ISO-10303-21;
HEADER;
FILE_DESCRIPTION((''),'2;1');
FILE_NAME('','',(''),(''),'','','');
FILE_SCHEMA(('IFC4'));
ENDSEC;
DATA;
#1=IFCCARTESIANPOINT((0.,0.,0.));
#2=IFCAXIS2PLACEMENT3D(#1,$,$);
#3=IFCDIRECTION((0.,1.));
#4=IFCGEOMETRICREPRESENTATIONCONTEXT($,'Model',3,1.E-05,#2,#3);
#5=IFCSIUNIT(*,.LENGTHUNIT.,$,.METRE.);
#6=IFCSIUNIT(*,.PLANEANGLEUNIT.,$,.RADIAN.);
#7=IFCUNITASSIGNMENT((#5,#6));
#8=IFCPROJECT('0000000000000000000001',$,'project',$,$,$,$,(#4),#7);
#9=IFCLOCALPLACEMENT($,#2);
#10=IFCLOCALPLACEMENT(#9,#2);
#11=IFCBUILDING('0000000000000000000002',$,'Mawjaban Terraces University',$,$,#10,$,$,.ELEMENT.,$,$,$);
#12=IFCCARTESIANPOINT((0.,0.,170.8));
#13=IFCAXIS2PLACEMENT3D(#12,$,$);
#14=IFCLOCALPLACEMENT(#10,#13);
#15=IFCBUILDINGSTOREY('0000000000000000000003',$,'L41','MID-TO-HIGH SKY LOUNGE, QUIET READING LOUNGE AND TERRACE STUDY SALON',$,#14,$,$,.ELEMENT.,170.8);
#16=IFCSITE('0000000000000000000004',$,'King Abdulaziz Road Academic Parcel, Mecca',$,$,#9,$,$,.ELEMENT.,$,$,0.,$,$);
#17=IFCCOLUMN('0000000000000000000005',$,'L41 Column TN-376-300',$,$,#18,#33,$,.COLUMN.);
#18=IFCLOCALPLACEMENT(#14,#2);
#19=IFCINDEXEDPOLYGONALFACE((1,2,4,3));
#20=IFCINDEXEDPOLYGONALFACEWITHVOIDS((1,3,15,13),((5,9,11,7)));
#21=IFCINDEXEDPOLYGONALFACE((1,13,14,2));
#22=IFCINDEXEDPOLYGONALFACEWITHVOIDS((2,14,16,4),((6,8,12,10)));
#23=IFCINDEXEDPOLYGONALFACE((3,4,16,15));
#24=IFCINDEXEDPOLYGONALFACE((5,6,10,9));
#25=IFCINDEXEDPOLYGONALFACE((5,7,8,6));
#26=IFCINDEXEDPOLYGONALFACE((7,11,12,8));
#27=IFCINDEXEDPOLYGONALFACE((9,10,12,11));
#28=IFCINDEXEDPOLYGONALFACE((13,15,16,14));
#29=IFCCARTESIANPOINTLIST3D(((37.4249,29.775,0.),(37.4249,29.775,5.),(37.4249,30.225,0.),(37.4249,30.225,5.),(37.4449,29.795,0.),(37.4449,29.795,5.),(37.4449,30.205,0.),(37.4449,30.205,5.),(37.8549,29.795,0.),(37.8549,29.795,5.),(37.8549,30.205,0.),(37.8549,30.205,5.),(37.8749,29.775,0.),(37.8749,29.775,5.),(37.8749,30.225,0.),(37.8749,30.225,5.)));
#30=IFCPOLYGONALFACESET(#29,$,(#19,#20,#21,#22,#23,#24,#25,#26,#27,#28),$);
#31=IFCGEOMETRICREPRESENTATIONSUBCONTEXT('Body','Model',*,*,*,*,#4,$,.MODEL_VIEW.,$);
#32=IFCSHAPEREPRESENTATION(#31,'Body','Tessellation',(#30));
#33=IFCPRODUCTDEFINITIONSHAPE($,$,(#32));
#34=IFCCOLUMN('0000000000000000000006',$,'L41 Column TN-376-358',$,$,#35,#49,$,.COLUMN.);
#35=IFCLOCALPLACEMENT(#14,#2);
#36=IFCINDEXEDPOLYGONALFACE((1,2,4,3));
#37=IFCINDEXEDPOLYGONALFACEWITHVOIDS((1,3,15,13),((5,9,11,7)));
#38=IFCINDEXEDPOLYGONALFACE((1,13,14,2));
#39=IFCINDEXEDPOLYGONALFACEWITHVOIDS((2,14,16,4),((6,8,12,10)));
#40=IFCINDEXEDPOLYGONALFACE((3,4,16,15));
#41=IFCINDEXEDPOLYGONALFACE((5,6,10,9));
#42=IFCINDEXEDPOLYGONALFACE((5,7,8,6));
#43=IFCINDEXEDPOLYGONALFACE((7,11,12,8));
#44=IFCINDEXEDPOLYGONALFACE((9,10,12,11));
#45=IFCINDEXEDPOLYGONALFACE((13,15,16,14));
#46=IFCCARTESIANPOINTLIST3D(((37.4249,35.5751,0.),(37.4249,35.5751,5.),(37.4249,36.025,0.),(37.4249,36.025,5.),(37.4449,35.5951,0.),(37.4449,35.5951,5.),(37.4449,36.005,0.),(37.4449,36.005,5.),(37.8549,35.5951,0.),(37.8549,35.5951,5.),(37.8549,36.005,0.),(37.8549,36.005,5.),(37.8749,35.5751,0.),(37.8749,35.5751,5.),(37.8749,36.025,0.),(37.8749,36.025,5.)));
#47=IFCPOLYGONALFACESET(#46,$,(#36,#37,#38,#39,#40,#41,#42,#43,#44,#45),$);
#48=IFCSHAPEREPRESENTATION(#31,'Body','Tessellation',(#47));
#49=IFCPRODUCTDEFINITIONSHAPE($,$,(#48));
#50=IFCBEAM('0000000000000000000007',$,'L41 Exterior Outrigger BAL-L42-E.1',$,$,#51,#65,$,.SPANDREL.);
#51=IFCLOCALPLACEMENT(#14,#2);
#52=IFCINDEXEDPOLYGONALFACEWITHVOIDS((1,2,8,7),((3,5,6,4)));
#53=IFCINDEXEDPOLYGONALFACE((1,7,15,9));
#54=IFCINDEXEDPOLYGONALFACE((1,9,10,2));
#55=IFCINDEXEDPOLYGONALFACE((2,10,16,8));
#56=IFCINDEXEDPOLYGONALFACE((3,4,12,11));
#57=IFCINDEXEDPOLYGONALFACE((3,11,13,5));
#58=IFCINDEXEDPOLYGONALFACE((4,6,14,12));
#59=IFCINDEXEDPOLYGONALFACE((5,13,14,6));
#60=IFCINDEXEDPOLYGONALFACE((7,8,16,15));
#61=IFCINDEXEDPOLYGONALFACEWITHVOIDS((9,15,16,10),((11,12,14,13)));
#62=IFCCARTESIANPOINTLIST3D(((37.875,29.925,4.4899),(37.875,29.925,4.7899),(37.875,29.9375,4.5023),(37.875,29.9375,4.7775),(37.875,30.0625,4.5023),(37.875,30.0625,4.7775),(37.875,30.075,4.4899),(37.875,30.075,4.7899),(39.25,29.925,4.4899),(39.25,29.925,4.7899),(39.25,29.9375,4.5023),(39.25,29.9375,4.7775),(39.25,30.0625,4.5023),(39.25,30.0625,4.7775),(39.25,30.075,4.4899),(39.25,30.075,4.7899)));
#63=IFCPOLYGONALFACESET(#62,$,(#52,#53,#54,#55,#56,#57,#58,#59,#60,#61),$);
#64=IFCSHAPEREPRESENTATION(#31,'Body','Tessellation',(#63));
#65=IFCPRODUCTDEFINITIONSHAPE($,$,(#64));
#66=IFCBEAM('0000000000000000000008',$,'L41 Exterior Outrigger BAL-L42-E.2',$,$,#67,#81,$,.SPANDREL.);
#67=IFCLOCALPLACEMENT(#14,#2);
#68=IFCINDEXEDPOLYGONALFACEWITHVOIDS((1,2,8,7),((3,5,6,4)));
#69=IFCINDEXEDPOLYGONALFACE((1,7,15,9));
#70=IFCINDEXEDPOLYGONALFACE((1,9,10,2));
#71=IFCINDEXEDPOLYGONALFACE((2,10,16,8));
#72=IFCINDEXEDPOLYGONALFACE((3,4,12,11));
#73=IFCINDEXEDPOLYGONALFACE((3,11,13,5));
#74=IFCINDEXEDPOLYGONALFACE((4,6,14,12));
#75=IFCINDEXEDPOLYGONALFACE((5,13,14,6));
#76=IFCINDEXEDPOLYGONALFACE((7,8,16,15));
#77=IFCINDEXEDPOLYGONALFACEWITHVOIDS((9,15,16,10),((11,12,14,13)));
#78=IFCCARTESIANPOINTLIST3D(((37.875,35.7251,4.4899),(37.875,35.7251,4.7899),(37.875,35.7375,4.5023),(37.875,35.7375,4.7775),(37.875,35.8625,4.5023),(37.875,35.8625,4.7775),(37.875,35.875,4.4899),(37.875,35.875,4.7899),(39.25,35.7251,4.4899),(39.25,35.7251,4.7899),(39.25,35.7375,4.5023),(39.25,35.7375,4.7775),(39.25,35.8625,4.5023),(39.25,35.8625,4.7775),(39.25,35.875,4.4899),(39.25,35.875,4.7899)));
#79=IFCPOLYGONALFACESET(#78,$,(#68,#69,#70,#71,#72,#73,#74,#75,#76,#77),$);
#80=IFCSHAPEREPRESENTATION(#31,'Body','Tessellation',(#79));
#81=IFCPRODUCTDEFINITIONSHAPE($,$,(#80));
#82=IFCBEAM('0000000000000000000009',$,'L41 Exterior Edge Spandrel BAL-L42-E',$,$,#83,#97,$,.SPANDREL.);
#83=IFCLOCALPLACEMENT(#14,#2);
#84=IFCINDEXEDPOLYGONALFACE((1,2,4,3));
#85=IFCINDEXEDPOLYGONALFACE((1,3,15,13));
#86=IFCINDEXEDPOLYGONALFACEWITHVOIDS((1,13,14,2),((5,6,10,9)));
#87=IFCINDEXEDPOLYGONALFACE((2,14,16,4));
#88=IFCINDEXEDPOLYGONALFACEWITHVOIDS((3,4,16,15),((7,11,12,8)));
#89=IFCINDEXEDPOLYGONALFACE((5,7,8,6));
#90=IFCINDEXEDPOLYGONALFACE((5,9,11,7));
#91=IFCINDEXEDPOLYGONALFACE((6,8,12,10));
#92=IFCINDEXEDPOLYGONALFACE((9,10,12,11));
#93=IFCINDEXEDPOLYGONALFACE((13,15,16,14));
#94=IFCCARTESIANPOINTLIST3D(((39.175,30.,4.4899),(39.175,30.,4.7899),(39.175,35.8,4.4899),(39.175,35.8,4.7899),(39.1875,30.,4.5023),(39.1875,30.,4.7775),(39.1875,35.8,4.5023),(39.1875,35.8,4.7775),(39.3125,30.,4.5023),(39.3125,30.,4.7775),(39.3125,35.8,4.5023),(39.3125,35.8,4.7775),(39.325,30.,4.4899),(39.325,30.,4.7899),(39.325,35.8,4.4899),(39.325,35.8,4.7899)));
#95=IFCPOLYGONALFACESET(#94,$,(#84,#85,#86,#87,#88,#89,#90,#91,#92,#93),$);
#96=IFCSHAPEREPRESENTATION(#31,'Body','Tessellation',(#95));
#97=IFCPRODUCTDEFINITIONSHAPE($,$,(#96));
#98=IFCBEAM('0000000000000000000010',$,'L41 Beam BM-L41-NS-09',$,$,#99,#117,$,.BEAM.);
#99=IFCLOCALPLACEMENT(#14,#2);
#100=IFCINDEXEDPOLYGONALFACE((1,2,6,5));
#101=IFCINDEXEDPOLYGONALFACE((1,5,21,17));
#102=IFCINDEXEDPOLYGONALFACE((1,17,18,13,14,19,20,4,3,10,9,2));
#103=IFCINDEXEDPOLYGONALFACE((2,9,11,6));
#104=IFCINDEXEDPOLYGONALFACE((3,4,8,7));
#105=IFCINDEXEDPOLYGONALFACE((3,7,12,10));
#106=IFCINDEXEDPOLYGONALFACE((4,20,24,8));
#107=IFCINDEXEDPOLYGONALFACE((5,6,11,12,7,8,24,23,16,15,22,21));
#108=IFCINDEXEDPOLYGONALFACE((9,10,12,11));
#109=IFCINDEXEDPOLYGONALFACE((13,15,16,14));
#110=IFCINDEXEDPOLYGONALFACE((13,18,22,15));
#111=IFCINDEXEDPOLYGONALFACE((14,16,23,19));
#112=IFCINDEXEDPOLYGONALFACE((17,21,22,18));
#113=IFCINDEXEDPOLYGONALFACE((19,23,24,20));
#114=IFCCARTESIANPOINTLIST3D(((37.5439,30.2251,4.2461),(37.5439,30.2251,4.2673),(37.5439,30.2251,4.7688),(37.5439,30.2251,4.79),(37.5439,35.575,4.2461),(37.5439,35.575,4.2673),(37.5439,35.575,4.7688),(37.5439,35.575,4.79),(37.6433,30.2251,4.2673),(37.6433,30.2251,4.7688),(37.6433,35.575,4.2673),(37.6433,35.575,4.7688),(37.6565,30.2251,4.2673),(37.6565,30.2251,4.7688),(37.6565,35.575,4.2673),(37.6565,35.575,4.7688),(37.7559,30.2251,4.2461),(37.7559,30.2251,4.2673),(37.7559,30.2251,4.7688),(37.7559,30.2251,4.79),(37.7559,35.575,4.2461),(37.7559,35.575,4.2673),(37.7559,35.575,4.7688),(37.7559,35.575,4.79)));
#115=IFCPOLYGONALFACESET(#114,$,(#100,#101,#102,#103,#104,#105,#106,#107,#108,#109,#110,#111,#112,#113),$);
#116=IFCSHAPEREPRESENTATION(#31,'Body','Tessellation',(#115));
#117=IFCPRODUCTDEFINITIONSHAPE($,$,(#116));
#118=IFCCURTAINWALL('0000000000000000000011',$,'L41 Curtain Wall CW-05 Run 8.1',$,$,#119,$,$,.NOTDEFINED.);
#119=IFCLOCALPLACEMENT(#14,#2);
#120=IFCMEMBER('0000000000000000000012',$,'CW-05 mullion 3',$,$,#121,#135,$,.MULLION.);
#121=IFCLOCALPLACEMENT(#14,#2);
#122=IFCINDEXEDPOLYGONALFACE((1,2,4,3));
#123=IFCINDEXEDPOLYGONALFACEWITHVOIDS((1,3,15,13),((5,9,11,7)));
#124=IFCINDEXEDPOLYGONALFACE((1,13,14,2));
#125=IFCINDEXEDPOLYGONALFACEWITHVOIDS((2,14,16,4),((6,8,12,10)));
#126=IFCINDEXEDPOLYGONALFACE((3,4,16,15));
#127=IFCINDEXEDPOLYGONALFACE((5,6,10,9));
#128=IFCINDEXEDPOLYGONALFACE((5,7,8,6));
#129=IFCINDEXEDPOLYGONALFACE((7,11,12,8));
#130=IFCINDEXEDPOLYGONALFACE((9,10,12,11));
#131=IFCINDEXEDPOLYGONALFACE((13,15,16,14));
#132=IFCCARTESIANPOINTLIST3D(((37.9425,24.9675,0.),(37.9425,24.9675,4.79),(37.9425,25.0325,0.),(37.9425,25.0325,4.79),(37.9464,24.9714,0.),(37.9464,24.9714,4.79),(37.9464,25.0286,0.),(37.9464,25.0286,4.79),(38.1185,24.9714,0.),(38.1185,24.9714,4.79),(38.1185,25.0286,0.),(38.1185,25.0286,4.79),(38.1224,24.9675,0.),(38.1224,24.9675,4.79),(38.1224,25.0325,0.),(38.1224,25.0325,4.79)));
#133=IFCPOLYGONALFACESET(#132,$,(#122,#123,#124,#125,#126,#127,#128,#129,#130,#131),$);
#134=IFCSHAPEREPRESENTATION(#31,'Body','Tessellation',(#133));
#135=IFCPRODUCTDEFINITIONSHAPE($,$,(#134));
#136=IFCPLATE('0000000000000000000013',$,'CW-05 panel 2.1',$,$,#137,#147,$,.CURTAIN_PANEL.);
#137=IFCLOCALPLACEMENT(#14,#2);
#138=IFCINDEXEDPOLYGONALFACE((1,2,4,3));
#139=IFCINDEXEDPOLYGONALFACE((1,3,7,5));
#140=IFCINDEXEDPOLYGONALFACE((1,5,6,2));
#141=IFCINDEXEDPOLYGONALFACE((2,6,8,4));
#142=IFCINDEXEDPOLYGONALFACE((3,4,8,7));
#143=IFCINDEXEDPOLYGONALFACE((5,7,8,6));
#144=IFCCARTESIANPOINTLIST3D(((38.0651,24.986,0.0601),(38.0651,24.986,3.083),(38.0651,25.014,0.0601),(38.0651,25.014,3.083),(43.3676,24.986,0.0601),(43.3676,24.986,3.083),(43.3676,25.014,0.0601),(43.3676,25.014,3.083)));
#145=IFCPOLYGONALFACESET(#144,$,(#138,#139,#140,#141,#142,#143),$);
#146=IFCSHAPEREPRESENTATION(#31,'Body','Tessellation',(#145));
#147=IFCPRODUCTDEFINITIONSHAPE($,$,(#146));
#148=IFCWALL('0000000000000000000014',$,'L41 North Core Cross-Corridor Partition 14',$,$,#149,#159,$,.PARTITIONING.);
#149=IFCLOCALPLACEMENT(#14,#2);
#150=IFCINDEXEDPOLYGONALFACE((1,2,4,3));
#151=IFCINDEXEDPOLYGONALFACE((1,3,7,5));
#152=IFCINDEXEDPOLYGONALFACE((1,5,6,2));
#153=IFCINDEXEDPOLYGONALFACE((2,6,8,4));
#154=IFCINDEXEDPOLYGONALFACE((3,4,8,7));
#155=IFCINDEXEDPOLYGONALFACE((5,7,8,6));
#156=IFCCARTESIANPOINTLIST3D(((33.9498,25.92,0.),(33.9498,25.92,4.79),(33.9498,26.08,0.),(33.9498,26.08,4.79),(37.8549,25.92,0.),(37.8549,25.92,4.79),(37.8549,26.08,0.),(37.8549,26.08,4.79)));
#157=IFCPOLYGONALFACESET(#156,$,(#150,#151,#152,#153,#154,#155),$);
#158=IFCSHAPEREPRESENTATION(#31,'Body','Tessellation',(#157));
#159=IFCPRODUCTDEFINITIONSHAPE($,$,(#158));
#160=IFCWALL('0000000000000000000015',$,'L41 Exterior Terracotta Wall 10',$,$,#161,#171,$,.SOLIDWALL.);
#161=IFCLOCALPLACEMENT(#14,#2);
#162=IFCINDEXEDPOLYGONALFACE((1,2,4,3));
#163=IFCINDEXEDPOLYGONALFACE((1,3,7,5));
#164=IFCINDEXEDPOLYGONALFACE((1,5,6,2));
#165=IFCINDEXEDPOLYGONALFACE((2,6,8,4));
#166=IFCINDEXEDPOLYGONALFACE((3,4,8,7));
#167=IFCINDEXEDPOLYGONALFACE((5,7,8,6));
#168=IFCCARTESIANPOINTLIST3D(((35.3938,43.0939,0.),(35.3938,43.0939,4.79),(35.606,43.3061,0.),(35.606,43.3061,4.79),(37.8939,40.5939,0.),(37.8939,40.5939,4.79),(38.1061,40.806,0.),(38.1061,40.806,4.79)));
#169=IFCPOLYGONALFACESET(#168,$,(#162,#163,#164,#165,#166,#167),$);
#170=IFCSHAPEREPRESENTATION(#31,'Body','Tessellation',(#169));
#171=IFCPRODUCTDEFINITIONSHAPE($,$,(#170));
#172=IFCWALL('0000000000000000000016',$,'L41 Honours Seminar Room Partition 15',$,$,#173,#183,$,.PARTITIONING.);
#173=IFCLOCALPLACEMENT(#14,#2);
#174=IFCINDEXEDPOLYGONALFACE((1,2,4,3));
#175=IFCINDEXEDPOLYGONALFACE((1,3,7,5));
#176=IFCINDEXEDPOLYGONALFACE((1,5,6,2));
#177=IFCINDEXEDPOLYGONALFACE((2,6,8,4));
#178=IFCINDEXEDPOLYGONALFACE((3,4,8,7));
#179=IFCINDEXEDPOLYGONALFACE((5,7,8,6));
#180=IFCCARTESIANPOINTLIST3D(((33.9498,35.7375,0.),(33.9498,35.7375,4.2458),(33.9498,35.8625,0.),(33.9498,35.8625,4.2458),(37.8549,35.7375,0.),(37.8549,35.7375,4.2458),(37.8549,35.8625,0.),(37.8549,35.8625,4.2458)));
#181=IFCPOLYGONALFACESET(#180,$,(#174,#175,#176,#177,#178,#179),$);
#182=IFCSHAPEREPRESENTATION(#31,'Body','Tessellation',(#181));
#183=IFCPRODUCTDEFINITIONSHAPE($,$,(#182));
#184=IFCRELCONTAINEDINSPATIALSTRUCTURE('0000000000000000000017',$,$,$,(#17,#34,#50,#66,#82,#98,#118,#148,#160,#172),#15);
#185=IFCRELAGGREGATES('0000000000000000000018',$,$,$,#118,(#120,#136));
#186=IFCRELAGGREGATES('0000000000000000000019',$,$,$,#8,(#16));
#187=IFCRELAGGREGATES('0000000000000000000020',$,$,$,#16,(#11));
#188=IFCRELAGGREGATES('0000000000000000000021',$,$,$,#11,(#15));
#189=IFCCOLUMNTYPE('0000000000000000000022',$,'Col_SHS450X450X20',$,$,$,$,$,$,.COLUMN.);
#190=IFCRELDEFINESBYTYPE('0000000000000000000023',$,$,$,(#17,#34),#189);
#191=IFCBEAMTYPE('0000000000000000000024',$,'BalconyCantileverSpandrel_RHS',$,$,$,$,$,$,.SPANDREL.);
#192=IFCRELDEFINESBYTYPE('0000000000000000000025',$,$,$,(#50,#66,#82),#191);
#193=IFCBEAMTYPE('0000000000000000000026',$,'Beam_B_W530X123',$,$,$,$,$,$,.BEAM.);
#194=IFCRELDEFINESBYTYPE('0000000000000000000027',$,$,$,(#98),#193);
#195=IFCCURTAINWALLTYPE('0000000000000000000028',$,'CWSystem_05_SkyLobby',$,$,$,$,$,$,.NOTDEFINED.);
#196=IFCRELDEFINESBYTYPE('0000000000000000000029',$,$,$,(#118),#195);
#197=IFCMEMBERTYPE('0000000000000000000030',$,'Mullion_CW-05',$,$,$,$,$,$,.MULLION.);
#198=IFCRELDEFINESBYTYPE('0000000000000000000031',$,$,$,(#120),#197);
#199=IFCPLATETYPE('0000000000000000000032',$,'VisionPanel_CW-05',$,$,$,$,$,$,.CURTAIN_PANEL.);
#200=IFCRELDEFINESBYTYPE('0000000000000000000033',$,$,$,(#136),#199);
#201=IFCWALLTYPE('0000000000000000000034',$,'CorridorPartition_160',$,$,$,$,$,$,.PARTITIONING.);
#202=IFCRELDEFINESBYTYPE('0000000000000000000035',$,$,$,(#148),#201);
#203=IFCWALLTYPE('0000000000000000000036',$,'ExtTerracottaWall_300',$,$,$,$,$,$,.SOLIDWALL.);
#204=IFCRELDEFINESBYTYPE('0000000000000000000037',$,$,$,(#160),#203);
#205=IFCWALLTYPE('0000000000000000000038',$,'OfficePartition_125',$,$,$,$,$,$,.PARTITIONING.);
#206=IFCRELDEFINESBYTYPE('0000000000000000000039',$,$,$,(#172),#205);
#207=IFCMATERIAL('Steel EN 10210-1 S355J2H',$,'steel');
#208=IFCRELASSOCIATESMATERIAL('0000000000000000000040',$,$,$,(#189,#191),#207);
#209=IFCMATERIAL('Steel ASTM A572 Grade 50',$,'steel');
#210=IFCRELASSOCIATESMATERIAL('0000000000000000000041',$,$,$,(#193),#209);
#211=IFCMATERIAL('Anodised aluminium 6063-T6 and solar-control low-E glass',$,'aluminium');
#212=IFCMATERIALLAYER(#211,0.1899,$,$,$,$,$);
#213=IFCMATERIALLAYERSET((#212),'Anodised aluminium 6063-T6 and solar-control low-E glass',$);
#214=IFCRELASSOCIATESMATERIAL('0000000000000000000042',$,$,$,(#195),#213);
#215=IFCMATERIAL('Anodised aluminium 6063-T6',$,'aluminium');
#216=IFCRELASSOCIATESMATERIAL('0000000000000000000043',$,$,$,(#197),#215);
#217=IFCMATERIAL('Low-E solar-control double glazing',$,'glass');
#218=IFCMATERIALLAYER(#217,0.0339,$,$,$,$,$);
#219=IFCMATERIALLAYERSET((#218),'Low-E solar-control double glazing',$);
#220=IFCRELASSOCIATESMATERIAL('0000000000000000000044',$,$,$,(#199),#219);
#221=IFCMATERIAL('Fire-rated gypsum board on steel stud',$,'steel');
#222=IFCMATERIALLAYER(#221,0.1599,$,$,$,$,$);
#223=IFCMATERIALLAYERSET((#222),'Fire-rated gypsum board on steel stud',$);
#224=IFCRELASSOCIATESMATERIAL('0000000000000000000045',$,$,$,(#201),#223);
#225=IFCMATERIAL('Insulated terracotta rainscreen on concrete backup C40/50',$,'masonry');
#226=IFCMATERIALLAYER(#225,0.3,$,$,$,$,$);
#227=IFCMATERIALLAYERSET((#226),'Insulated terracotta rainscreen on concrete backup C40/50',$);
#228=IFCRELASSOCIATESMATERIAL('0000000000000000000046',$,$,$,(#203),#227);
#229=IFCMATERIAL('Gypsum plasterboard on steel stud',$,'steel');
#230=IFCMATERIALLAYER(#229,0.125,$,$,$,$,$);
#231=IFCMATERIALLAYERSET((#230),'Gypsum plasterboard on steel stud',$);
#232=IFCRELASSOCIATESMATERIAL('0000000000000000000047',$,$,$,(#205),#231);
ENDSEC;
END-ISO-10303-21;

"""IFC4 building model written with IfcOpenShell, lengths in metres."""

from ifc_helpers import new_model, si_unit, direction, frame, frame_2d, origin, origin_2d, place, context, subcontext, project, spatial, rectangle, hollow_rectangle, i_section, extrude, material, layer, layer_set, material_profile, profile_set, type_object, element, aggregate, save


model = new_model("IFC4")

# Units and contexts
model_context = context("Model", 3, precision=1e-05, world=origin(), true_north=direction((0.0, 1.0)))
body_context = subcontext(model_context, "Body", "Model", "MODEL_VIEW")
ifc_project = project(units=[si_unit("LENGTHUNIT", "METRE"), si_unit("PLANEANGLEUNIT", "RADIAN")], contexts=[model_context])

# Site, building, storey
site_placement = place(None, origin())
site = spatial("IfcSite", under=ifc_project, at=site_placement, Name="King Abdulaziz Road Academic Parcel, Mecca", CompositionType="ELEMENT", RefElevation=0.0)
building_placement = place(site_placement, origin())
building = spatial("IfcBuilding", under=site, at=building_placement, Name="Mawjaban Terraces University", CompositionType="ELEMENT")
storey_placement = place(building_placement, frame((0.0, 0.0, 170.8)))
storey = spatial("IfcBuildingStorey", under=building, at=storey_placement, Name="L41", Description="MID-TO-HIGH SKY LOUNGE, QUIET READING LOUNGE AND TERRACE STUDY SALON", CompositionType="ELEMENT", Elevation=170.8)

# Columns
ifc_material_1 = material(Name="Steel EN 10210-1 S355J2H", Category="steel")
ifc_material_profile_1 = material_profile(ifc_material_1, hollow_rectangle(XDim=0.45, YDim=0.45, WallThickness=0.02, at=origin_2d()), Name="SHS450X450X20")
ifc_profile_set_1 = profile_set([ifc_material_profile_1], Name="Steel EN 10210-1 S355J2H")
column_type = type_object("IfcColumnType", Name="Col_SHS450X450X20", PredefinedType="COLUMN", material=ifc_profile_set_1)
for number, where, z_axis, x_axis, name in (
    (1, (37.6499, 30.0, 0.0), (0.0, 0.0, 1.0), (1.0, 0.0, 0.0), "L41 Column TN-376-300"),
    (2, (37.6499, 35.8, 0.0), (0.0, 0.0, 1.0), (1.0, 0.0, 0.0), "L41 Column TN-376-358"),
):
    element("IfcColumn", number, at=place(storey_placement, frame(where, z_axis=z_axis, x_axis=x_axis)), inside=storey, type_object=column_type, Name=name, PredefinedType="COLUMN", context=body_context, shape_type="SweptSolid", body=[
        extrude(hollow_rectangle(XDim=0.45, YDim=0.45, WallThickness=0.02, at=origin_2d()), origin(), (0.0, 0.0, 1.0), 5.0),
    ])

# Beams
ifc_material_profile_2 = material_profile(ifc_material_1, hollow_rectangle(XDim=0.1499, YDim=0.3, WallThickness=0.0125, at=origin_2d()), Name="RHS300X150X12.5")
ifc_profile_set_2 = profile_set([ifc_material_profile_2], Name="Steel EN 10210-1 S355J2H")
beam_type_1 = type_object("IfcBeamType", Name="BalconyCantileverSpandrel_RHS", PredefinedType="SPANDREL", material=ifc_profile_set_2)
for number, where, z_axis, x_axis, name in (
    (3, (37.875, 30.0, 4.6399), (1.0, 0.0, 0.0), (0.0, 1.0, 0.0), "L41 Exterior Outrigger BAL-L42-E.1"),
    (4, (37.875, 35.8, 4.6399), (1.0, 0.0, 0.0), (0.0, 1.0, 0.0), "L41 Exterior Outrigger BAL-L42-E.2"),
):
    element("IfcBeam", number, at=place(storey_placement, frame(where, z_axis=z_axis, x_axis=x_axis)), inside=storey, type_object=beam_type_1, Name=name, PredefinedType="SPANDREL", context=body_context, shape_type="SweptSolid", body=[
        extrude(hollow_rectangle(XDim=0.1499, YDim=0.3, WallThickness=0.0125, at=origin_2d()), origin(), (0.0, 0.0, 1.0), 1.375),
    ])
beam_1_placement = place(storey_placement, frame((39.25, 30.0, 4.6399), z_axis=(0.0, 1.0, 0.0), x_axis=(-1.0, 0.0, 0.0)))
element("IfcBeam", 5, at=beam_1_placement, inside=storey, type_object=beam_type_1, Name="L41 Exterior Edge Spandrel BAL-L42-E", PredefinedType="SPANDREL", context=body_context, shape_type="SweptSolid", body=[
    extrude(hollow_rectangle(XDim=0.1499, YDim=0.3, WallThickness=0.0125, at=origin_2d()), origin(), (0.0, 0.0, 1.0), 5.8),
])
ifc_material_2 = material(Name="Steel ASTM A572 Grade 50", Category="steel")
ifc_material_profile_3 = material_profile(ifc_material_2, i_section(OverallWidth=0.2119, OverallDepth=0.5439, WebThickness=0.0132, FlangeThickness=0.0212, at=origin_2d()), Name="W530X123")
ifc_profile_set_3 = profile_set([ifc_material_profile_3], Name="Steel ASTM A572 Grade 50")
beam_type_2 = type_object("IfcBeamType", Name="Beam_B_W530X123", PredefinedType="BEAM", material=ifc_profile_set_3)
beam_2_placement = place(storey_placement, frame((37.6499, 30.2251, 4.5181), z_axis=(0.0, 1.0, 0.0), x_axis=(-1.0, 0.0, 0.0)))
element("IfcBeam", 6, at=beam_2_placement, inside=storey, type_object=beam_type_2, Name="L41 Beam BM-L41-NS-09", PredefinedType="BEAM", context=body_context, shape_type="SweptSolid", body=[
    extrude(i_section(OverallWidth=0.2119, OverallDepth=0.5439, WebThickness=0.0132, FlangeThickness=0.0212, at=origin_2d()), origin(), (0.0, 0.0, 1.0), 5.3499),
])

# Curtain wall, member, plate
ifc_material_3 = material(Name="Anodised aluminium 6063-T6 and solar-control low-E glass", Category="aluminium")
ifc_layer_1 = layer(ifc_material_3, 0.1899)
ifc_layer_set_1 = layer_set([ifc_layer_1], Name="Anodised aluminium 6063-T6 and solar-control low-E glass")
curtain_wall_type = type_object("IfcCurtainWallType", Name="CWSystem_05_SkyLobby", PredefinedType="NOTDEFINED", material=ifc_layer_set_1)
curtain_wall_placement = place(storey_placement, origin())
curtain_wall = element("IfcCurtainWall", 7, at=curtain_wall_placement, inside=storey, type_object=curtain_wall_type, Name="L41 Curtain Wall CW-05 Run 8.1", PredefinedType="NOTDEFINED")
ifc_material_4 = material(Name="Anodised aluminium 6063-T6", Category="aluminium")
ifc_material_profile_4 = material_profile(ifc_material_4, hollow_rectangle(XDim=0.0649, YDim=0.1799, WallThickness=0.0039, at=origin_2d()), Name="ALU180X65X4")
ifc_profile_set_4 = profile_set([ifc_material_profile_4], Name="Anodised aluminium 6063-T6")
member_type = type_object("IfcMemberType", Name="Mullion_CW-05", PredefinedType="MULLION", material=ifc_profile_set_4)
member_placement = place(storey_placement, frame((38.0325, 25.0, 0.0), z_axis=(0.0, 0.0, 1.0), x_axis=(0.0, -1.0, 0.0)))
member = element("IfcMember", 8, at=member_placement, type_object=member_type, Name="CW-05 mullion 3", PredefinedType="MULLION", context=body_context, shape_type="SweptSolid", body=[
    extrude(hollow_rectangle(XDim=0.0649, YDim=0.1799, WallThickness=0.0039, at=origin_2d()), origin(), (0.0, 0.0, 1.0), 4.79),
])
ifc_material_5 = material(Name="Low-E solar-control double glazing", Category="glass")
ifc_layer_2 = layer(ifc_material_5, 0.0339)
ifc_layer_set_2 = layer_set([ifc_layer_2], Name="Low-E solar-control double glazing")
plate_type = type_object("IfcPlateType", Name="VisionPanel_CW-05", PredefinedType="CURTAIN_PANEL", material=ifc_layer_set_2)
plate_placement = place(storey_placement, frame((40.7163, 25.0, 0.0601), z_axis=(0.0, 0.0, 1.0), x_axis=(-1.0, 0.0, 0.0)))
plate = element("IfcPlate", 9, at=plate_placement, type_object=plate_type, Name="CW-05 panel 2.1", PredefinedType="CURTAIN_PANEL", context=body_context, shape_type="SweptSolid", body=[
    extrude(rectangle(XDim=5.3025, YDim=0.0281, at=origin_2d()), origin(), (0.0, 0.0, 1.0), 3.0229),
])
aggregate(curtain_wall, [member, plate])

# Walls
ifc_material_6 = material(Name="Fire-rated gypsum board on steel stud", Category="steel")
ifc_layer_3 = layer(ifc_material_6, 0.1599)
ifc_layer_set_3 = layer_set([ifc_layer_3], Name="Fire-rated gypsum board on steel stud")
wall_type_1 = type_object("IfcWallType", Name="CorridorPartition_160", PredefinedType="PARTITIONING", material=ifc_layer_set_3)
wall_1_placement = place(storey_placement, frame((37.855, 26.0, 0.0), z_axis=(0.0, 0.0, 1.0), x_axis=(-1.0, 0.0, 0.0)))
element("IfcWall", 10, at=wall_1_placement, inside=storey, type_object=wall_type_1, Name="L41 North Core Cross-Corridor Partition 14", PredefinedType="PARTITIONING", context=body_context, shape_type="SweptSolid", body=[
    extrude(rectangle(XDim=3.905, YDim=0.1599, at=frame_2d((1.9526, 0.0))), origin(), (0.0, 0.0, 1.0), 4.79),
])
ifc_material_7 = material(Name="Insulated terracotta rainscreen on concrete backup C40/50", Category="masonry")
ifc_layer_4 = layer(ifc_material_7, 0.3)
ifc_layer_set_4 = layer_set([ifc_layer_4], Name="Insulated terracotta rainscreen on concrete backup C40/50")
wall_type_2 = type_object("IfcWallType", Name="ExtTerracottaWall_300", PredefinedType="SOLIDWALL", material=ifc_layer_set_4)
wall_2_placement = place(storey_placement, frame((38.0, 40.7, 0.0), z_axis=(0.0, 0.0, 1.0), x_axis=(-0.707107, 0.707107, 0.0)))
element("IfcWall", 11, at=wall_2_placement, inside=storey, type_object=wall_type_2, Name="L41 Exterior Terracotta Wall 10", PredefinedType="SOLIDWALL", context=body_context, shape_type="SweptSolid", body=[
    extrude(rectangle(XDim=3.5356, YDim=0.3, at=frame_2d((1.7678, 0.0))), origin(), (0.0, 0.0, 1.0), 4.79),
])
ifc_material_8 = material(Name="Gypsum plasterboard on steel stud", Category="steel")
ifc_layer_5 = layer(ifc_material_8, 0.125)
ifc_layer_set_5 = layer_set([ifc_layer_5], Name="Gypsum plasterboard on steel stud")
wall_type_3 = type_object("IfcWallType", Name="OfficePartition_125", PredefinedType="PARTITIONING", material=ifc_layer_set_5)
wall_3_placement = place(storey_placement, frame((37.855, 35.8, 0.0), z_axis=(0.0, 0.0, 1.0), x_axis=(-1.0, 0.0, 0.0)))
element("IfcWall", 12, at=wall_3_placement, inside=storey, type_object=wall_type_3, Name="L41 Honours Seminar Room Partition 15", PredefinedType="PARTITIONING", context=body_context, shape_type="SweptSolid", body=[
    extrude(rectangle(XDim=3.905, YDim=0.125, at=frame_2d((1.9526, 0.0))), origin(), (0.0, 0.0, 1.0), 4.2458),
])

save(model, "model.ifc")
